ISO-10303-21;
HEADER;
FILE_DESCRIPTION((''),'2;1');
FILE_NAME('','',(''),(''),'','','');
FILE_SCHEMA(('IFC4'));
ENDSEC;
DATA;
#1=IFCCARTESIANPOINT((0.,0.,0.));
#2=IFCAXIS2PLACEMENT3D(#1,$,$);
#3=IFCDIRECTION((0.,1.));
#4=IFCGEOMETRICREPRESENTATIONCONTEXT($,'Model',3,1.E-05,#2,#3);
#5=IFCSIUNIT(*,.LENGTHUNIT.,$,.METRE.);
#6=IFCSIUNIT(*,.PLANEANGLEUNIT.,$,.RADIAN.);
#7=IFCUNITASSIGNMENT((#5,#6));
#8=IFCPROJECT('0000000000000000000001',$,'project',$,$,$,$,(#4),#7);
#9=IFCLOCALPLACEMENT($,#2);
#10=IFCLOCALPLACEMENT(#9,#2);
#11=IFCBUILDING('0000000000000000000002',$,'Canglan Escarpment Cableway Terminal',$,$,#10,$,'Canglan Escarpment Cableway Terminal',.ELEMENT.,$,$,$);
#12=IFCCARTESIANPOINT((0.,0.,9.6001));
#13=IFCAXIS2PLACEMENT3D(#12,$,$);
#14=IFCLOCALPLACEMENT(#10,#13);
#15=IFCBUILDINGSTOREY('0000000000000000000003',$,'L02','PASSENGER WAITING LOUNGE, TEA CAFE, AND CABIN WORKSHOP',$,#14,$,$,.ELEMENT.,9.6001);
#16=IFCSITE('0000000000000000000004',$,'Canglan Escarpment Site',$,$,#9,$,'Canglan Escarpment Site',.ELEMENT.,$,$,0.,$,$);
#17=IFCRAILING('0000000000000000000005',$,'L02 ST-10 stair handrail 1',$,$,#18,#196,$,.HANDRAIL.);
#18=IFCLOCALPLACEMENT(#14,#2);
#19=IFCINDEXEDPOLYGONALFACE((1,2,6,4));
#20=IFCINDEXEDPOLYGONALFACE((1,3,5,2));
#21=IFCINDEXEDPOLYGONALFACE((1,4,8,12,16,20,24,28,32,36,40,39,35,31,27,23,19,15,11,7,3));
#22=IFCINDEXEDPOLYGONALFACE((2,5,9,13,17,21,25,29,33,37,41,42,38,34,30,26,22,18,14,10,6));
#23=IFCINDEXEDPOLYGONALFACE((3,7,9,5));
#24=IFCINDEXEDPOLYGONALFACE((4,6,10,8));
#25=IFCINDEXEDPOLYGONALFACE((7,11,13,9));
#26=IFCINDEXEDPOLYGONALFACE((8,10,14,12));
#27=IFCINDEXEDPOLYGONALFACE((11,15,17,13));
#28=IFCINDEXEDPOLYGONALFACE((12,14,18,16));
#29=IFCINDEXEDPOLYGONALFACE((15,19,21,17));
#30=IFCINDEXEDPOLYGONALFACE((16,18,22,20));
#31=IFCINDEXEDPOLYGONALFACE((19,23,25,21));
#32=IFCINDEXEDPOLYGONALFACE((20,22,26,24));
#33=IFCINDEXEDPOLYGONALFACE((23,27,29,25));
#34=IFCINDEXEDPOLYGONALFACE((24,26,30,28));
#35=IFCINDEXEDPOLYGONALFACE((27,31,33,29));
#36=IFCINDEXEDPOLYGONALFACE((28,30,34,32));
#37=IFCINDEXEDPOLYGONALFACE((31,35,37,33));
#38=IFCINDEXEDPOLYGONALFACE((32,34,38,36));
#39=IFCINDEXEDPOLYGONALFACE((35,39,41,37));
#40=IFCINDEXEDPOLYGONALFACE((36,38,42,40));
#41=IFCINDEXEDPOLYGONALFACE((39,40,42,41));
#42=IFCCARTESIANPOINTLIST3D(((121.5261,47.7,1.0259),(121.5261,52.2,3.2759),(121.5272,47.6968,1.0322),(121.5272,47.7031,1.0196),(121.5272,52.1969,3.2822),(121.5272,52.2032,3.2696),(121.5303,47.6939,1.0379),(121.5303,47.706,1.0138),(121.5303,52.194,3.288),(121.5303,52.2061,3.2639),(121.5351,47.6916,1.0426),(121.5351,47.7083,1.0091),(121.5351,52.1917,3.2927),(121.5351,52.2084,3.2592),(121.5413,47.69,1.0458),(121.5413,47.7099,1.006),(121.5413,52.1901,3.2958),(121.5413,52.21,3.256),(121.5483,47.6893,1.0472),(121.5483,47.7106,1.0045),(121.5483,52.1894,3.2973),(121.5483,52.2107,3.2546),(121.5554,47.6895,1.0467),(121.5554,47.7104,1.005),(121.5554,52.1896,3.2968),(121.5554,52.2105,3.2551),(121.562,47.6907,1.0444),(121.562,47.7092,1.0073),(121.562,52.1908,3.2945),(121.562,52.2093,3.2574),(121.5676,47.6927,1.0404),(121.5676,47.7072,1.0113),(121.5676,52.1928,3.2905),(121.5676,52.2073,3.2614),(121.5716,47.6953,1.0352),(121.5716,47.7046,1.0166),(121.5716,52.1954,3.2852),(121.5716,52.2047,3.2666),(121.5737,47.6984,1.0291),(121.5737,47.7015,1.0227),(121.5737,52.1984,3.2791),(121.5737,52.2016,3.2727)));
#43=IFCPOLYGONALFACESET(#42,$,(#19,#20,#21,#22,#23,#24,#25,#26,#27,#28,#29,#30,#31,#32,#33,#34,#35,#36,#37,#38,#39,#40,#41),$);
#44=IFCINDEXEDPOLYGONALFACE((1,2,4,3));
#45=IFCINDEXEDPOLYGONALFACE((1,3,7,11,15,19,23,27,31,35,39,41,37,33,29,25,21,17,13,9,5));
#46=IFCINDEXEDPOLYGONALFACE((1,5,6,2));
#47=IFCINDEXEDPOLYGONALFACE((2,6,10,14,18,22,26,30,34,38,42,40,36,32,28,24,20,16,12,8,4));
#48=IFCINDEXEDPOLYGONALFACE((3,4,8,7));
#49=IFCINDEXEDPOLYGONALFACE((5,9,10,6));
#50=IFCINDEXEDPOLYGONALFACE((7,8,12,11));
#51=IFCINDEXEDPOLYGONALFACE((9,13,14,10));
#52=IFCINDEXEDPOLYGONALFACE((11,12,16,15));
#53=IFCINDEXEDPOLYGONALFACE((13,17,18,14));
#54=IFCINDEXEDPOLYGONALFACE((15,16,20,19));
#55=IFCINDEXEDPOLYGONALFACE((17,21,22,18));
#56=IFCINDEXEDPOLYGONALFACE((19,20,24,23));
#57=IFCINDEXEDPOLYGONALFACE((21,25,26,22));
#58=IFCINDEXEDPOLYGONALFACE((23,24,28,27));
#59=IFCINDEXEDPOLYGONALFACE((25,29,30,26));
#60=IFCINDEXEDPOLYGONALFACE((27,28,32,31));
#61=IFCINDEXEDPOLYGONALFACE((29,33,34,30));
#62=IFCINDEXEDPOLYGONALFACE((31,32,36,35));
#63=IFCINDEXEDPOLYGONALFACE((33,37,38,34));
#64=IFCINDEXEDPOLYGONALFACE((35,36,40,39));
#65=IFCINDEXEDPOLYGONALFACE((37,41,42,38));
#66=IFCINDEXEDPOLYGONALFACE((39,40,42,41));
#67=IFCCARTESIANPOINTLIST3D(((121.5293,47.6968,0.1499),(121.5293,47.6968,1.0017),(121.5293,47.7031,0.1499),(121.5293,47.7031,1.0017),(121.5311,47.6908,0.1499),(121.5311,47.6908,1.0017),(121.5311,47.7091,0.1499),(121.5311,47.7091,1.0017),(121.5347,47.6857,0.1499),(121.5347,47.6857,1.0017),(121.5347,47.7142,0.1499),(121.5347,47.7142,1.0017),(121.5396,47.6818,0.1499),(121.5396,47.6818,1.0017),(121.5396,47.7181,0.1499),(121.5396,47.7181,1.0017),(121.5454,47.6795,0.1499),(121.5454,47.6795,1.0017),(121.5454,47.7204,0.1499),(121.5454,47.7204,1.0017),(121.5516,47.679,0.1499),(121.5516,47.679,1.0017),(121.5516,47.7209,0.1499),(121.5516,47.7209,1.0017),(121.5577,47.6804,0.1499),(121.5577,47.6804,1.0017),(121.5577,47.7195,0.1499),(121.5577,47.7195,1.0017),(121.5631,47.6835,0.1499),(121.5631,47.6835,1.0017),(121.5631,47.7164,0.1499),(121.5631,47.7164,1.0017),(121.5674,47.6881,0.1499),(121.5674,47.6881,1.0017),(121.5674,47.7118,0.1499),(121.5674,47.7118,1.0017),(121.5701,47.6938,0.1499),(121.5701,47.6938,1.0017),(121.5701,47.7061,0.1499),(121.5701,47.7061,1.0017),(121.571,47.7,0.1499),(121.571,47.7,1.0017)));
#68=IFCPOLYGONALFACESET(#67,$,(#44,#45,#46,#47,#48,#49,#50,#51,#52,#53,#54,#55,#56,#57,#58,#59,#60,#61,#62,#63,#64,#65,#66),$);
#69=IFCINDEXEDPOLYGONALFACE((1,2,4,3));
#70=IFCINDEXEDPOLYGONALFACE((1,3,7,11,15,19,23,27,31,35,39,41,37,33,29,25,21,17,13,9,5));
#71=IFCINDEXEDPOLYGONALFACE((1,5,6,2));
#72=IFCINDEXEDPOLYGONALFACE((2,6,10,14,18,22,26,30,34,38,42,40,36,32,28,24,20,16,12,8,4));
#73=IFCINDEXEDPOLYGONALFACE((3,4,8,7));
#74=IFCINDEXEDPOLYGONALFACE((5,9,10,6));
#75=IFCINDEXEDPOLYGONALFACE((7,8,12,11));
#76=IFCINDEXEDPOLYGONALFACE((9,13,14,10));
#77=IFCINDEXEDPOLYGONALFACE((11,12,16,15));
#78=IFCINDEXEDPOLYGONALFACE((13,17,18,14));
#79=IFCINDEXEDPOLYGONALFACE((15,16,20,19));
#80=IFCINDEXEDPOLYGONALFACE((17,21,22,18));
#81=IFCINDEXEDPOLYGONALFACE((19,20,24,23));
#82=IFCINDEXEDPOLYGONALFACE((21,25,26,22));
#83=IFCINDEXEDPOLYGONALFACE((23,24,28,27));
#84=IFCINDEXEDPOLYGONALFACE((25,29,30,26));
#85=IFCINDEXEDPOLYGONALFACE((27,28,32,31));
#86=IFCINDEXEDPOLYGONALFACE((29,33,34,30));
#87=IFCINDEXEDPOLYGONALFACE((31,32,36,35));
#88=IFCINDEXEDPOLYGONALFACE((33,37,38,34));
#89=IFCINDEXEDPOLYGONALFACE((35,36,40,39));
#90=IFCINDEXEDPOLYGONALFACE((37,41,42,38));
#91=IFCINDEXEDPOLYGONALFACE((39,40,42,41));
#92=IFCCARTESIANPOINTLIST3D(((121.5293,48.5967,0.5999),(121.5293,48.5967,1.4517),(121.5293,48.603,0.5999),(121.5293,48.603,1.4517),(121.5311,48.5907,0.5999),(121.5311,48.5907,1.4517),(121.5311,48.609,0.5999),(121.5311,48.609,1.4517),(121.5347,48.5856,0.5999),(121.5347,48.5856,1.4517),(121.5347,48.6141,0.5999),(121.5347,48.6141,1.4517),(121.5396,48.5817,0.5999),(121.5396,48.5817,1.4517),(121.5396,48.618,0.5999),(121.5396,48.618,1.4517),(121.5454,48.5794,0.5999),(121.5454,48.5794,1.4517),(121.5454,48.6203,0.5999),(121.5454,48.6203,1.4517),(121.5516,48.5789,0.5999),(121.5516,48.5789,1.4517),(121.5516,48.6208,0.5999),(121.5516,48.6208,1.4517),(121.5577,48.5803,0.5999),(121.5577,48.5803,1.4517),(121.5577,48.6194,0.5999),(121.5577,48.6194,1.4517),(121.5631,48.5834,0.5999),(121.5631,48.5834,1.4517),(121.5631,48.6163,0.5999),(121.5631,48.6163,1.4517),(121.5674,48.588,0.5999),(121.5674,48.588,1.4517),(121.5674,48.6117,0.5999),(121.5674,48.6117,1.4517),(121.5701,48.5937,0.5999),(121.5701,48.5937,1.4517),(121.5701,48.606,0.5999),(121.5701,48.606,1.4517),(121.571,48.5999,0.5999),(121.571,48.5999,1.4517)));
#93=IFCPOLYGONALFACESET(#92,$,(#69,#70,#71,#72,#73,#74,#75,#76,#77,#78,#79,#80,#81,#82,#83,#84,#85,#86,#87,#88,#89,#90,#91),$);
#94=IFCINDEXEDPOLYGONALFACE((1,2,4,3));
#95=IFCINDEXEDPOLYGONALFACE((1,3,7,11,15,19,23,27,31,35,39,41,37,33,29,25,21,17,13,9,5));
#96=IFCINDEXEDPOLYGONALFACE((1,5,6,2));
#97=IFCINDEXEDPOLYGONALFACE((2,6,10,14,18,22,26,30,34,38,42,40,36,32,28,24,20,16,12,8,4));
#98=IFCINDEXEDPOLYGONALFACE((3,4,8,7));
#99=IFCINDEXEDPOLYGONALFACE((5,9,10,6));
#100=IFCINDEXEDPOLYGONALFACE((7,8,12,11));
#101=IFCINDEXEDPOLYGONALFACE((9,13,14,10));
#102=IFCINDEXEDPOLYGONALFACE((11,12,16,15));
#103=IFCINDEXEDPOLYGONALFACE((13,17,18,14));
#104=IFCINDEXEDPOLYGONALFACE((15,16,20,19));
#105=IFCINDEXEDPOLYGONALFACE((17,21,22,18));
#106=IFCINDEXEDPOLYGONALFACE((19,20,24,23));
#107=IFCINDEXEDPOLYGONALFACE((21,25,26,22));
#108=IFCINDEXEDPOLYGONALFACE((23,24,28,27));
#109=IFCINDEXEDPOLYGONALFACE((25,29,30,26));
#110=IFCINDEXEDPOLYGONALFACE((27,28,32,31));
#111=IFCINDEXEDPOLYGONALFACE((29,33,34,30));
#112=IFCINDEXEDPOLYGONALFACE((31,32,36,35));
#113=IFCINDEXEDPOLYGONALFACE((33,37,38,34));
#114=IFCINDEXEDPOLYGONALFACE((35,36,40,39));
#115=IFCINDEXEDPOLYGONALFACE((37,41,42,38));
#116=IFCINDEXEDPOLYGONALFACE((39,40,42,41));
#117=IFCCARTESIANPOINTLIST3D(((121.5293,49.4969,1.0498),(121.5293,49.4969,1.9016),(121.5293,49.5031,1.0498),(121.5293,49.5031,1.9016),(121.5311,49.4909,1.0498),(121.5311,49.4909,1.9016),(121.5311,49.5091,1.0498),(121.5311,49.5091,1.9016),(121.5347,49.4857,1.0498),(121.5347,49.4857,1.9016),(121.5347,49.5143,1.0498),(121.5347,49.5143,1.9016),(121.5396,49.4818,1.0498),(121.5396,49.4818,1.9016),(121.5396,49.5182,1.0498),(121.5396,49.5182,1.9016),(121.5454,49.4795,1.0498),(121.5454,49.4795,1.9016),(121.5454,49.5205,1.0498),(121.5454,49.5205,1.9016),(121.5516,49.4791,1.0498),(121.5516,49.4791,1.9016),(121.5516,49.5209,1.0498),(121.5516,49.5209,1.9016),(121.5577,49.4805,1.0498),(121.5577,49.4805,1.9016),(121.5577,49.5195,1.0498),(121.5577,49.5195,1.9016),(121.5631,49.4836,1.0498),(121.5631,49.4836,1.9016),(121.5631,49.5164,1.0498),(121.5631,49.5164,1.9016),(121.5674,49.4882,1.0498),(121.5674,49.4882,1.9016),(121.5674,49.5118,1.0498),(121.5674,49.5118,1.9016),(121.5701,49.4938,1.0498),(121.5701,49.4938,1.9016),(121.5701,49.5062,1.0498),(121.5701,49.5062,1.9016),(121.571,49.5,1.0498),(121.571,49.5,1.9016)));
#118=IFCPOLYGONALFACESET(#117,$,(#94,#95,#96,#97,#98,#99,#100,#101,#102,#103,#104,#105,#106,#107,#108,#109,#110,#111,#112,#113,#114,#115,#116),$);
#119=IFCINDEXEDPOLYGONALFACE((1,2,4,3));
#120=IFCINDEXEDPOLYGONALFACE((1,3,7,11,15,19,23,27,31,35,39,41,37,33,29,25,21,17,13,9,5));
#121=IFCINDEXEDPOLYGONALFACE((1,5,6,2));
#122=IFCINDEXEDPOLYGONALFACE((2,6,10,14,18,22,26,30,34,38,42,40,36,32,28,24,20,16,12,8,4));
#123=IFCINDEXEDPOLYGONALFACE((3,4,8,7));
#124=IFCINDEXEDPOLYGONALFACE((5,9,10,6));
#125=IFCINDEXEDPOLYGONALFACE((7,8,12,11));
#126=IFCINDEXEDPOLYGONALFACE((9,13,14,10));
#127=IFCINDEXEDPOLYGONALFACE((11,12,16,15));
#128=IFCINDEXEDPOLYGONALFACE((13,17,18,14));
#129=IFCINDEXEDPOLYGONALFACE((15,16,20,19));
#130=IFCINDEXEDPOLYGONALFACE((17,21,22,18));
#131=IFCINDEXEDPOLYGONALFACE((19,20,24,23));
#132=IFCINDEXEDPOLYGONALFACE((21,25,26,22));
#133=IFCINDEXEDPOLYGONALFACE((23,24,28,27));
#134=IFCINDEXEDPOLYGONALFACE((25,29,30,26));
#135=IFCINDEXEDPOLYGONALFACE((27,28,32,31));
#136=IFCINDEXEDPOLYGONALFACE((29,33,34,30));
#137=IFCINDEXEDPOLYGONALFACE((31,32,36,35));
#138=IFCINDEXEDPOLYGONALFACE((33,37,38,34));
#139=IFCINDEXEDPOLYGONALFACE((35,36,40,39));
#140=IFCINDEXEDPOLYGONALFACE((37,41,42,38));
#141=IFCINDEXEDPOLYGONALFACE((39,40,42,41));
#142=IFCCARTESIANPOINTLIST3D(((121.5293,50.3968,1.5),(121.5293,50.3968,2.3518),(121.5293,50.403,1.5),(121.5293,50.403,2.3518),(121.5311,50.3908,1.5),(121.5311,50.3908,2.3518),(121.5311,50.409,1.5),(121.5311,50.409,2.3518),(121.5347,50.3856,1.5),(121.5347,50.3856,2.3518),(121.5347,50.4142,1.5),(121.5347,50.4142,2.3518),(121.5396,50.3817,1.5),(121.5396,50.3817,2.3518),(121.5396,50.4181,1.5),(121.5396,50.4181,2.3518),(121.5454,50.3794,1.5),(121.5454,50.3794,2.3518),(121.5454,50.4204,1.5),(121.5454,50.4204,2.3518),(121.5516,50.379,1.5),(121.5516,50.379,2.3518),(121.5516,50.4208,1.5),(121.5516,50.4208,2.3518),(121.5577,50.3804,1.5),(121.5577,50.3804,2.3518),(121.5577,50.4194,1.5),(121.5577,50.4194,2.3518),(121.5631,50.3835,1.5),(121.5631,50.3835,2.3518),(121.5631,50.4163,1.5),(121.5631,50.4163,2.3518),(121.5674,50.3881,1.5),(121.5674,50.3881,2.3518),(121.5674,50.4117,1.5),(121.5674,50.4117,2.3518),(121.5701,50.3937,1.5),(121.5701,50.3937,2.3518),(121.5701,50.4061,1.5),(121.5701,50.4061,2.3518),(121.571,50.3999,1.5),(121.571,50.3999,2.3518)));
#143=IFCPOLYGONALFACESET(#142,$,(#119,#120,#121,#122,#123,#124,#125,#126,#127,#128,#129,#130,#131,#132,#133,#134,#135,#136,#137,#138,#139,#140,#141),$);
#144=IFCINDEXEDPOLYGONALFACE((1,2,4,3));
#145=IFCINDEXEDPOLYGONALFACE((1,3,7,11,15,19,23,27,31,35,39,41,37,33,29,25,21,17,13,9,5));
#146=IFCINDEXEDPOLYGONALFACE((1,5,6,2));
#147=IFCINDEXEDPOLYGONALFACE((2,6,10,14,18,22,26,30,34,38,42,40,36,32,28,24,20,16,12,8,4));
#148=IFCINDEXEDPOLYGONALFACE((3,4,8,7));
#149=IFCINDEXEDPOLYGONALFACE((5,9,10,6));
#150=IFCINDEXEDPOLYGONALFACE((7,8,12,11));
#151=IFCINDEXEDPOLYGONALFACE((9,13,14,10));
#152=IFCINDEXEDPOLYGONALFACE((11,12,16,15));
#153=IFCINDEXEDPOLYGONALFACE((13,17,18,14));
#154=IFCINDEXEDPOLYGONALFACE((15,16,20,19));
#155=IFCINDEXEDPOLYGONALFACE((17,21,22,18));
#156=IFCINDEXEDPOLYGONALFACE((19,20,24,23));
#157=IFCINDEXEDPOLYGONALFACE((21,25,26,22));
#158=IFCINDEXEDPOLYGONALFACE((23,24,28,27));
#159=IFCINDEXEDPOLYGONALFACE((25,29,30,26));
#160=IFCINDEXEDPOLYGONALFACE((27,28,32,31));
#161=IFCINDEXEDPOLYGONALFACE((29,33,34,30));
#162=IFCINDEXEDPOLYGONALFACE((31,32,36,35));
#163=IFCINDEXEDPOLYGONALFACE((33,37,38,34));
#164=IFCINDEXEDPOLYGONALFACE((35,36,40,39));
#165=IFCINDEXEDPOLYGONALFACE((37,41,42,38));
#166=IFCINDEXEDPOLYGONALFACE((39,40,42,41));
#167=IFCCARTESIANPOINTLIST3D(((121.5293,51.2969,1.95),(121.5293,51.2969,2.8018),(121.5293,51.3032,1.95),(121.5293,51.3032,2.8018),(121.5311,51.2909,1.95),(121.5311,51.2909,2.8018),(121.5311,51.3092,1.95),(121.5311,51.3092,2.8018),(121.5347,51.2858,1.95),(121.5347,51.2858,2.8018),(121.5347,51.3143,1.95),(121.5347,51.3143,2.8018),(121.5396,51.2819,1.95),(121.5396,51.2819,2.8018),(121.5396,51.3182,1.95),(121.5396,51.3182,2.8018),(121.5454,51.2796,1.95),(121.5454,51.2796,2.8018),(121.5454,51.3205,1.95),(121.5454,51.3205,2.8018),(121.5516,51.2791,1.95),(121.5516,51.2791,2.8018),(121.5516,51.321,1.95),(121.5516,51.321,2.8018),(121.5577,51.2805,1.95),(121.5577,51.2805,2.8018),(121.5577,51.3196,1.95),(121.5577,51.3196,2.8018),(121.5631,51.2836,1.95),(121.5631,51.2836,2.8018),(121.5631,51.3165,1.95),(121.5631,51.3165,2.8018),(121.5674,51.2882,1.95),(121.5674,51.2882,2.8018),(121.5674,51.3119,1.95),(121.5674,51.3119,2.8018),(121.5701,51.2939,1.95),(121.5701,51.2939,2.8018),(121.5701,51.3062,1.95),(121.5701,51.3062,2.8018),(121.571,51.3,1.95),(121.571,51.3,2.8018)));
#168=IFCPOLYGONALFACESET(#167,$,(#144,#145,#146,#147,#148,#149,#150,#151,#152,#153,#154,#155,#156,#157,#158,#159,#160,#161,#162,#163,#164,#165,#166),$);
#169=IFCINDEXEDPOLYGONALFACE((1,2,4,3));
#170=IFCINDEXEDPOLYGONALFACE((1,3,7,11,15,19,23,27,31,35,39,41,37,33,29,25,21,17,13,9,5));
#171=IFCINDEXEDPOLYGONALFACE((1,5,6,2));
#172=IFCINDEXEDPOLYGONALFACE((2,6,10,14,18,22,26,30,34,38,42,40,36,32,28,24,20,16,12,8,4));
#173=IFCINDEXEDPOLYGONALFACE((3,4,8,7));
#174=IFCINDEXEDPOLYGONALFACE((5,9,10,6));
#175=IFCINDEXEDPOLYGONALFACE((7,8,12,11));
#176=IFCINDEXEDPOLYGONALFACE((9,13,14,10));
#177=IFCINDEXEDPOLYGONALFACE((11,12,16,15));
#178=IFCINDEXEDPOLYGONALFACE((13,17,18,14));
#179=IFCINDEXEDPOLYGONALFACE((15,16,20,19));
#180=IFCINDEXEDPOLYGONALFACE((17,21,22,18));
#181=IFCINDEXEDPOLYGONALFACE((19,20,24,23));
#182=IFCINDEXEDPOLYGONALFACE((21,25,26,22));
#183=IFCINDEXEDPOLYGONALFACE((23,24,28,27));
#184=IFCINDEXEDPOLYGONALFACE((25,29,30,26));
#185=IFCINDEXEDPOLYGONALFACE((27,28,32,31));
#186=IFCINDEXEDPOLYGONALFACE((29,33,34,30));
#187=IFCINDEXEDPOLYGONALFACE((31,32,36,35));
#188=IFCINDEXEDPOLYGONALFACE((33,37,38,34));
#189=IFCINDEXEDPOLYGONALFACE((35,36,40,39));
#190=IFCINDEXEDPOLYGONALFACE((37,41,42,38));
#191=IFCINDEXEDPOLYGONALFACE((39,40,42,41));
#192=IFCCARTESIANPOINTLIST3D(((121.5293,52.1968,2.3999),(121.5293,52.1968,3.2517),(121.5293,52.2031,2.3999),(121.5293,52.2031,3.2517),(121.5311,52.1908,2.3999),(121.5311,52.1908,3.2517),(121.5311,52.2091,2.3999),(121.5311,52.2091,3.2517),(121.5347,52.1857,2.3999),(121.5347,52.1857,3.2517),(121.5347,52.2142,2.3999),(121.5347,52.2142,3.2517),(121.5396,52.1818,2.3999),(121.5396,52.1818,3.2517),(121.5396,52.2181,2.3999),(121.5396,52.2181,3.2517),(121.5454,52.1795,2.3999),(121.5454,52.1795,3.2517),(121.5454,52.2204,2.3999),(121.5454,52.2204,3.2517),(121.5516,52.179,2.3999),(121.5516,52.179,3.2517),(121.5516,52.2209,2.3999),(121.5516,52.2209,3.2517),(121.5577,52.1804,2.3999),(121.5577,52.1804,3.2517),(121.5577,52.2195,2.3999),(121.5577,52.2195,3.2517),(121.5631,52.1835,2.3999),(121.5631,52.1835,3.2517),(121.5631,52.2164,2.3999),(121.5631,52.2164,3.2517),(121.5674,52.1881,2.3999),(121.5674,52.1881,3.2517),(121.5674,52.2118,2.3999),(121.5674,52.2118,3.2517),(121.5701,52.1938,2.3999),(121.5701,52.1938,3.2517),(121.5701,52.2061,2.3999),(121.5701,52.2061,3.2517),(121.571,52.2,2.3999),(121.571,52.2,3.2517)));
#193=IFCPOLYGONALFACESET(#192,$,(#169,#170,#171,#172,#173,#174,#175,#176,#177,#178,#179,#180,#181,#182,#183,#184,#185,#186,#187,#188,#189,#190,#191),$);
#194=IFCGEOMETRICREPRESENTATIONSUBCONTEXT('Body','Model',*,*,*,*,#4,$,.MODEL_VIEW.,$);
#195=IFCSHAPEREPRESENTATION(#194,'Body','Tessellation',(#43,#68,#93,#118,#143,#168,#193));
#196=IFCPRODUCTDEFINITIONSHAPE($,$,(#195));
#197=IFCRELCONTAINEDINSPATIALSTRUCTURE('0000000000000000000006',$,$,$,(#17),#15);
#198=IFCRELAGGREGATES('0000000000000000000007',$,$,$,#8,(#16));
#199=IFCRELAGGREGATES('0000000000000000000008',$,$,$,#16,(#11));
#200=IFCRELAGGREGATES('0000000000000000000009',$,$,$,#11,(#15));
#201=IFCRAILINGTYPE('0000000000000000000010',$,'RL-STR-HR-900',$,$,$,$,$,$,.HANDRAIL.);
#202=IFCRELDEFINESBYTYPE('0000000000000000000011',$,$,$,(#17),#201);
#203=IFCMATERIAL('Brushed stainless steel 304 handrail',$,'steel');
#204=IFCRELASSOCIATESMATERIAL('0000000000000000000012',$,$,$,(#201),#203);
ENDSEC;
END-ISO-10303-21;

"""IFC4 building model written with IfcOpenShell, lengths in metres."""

from ifc_helpers import new_model, si_unit, direction, frame, origin, origin_2d, place, context, subcontext, project, spatial, circle, extrude, material, type_object, element, save


model = new_model("IFC4")

# Units and contexts
model_context = context("Model", 3, precision=1e-05, world=origin(), true_north=direction((0.0, 1.0)))
body_context = subcontext(model_context, "Body", "Model", "MODEL_VIEW")
ifc_project = project(units=[si_unit("LENGTHUNIT", "METRE"), si_unit("PLANEANGLEUNIT", "RADIAN")], contexts=[model_context])

# Site, building, storey
site_placement = place(None, origin())
site = spatial("IfcSite", under=ifc_project, at=site_placement, Name="Canglan Escarpment Site", LongName="Canglan Escarpment Site", CompositionType="ELEMENT", RefElevation=0.0)
building_placement = place(site_placement, origin())
building = spatial("IfcBuilding", under=site, at=building_placement, Name="Canglan Escarpment Cableway Terminal", LongName="Canglan Escarpment Cableway Terminal", CompositionType="ELEMENT")
storey_placement = place(building_placement, frame((0.0, 0.0, 9.6001)))
storey = spatial("IfcBuildingStorey", under=building, at=storey_placement, Name="L02", Description="PASSENGER WAITING LOUNGE, TEA CAFE, AND CABIN WORKSHOP", CompositionType="ELEMENT", Elevation=9.6001)

# Railing
ifc_material_1 = material(Name="Brushed stainless steel 304 handrail", Category="steel")
railing_type_1 = type_object("IfcRailingType", Name="RL-STR-HR-900", PredefinedType="HANDRAIL", material=ifc_material_1)
railing_1_placement = place(storey_placement, frame((121.55, 47.7, 0.1499)))
element("IfcRailing", 1, at=railing_1_placement, inside=storey, type_object=railing_type_1, Name="L02 ST-10 stair handrail 1", PredefinedType="HANDRAIL", context=body_context, shape_type="SweptSolid", body=[
    extrude(circle(Radius=0.0239, at=origin_2d()), frame((0.0, 0.0, 0.876), z_axis=(0.0, 0.894427, 0.447214), x_axis=(-1.0, 0.0, 0.0)), (0.0, 0.0, 1.0), 5.0312),
    extrude(circle(Radius=0.021, at=origin_2d()), origin(), (0.0, 0.0, 1.0), 0.8518),
    extrude(circle(Radius=0.021, at=origin_2d()), frame((0.0, 0.8999, 0.45)), (0.0, 0.0, 1.0), 0.8518),
    extrude(circle(Radius=0.021, at=origin_2d()), frame((0.0, 1.8, 0.8999)), (0.0, 0.0, 1.0), 0.8518),
    extrude(circle(Radius=0.021, at=origin_2d()), frame((0.0, 2.7, 1.3501)), (0.0, 0.0, 1.0), 0.8518),
    extrude(circle(Radius=0.021, at=origin_2d()), frame((0.0, 3.6001, 1.8)), (0.0, 0.0, 1.0), 0.8518),
    extrude(circle(Radius=0.021, at=origin_2d()), frame((0.0, 4.5, 2.25)), (0.0, 0.0, 1.0), 0.8518),
])

save(model, "model.ifc")
